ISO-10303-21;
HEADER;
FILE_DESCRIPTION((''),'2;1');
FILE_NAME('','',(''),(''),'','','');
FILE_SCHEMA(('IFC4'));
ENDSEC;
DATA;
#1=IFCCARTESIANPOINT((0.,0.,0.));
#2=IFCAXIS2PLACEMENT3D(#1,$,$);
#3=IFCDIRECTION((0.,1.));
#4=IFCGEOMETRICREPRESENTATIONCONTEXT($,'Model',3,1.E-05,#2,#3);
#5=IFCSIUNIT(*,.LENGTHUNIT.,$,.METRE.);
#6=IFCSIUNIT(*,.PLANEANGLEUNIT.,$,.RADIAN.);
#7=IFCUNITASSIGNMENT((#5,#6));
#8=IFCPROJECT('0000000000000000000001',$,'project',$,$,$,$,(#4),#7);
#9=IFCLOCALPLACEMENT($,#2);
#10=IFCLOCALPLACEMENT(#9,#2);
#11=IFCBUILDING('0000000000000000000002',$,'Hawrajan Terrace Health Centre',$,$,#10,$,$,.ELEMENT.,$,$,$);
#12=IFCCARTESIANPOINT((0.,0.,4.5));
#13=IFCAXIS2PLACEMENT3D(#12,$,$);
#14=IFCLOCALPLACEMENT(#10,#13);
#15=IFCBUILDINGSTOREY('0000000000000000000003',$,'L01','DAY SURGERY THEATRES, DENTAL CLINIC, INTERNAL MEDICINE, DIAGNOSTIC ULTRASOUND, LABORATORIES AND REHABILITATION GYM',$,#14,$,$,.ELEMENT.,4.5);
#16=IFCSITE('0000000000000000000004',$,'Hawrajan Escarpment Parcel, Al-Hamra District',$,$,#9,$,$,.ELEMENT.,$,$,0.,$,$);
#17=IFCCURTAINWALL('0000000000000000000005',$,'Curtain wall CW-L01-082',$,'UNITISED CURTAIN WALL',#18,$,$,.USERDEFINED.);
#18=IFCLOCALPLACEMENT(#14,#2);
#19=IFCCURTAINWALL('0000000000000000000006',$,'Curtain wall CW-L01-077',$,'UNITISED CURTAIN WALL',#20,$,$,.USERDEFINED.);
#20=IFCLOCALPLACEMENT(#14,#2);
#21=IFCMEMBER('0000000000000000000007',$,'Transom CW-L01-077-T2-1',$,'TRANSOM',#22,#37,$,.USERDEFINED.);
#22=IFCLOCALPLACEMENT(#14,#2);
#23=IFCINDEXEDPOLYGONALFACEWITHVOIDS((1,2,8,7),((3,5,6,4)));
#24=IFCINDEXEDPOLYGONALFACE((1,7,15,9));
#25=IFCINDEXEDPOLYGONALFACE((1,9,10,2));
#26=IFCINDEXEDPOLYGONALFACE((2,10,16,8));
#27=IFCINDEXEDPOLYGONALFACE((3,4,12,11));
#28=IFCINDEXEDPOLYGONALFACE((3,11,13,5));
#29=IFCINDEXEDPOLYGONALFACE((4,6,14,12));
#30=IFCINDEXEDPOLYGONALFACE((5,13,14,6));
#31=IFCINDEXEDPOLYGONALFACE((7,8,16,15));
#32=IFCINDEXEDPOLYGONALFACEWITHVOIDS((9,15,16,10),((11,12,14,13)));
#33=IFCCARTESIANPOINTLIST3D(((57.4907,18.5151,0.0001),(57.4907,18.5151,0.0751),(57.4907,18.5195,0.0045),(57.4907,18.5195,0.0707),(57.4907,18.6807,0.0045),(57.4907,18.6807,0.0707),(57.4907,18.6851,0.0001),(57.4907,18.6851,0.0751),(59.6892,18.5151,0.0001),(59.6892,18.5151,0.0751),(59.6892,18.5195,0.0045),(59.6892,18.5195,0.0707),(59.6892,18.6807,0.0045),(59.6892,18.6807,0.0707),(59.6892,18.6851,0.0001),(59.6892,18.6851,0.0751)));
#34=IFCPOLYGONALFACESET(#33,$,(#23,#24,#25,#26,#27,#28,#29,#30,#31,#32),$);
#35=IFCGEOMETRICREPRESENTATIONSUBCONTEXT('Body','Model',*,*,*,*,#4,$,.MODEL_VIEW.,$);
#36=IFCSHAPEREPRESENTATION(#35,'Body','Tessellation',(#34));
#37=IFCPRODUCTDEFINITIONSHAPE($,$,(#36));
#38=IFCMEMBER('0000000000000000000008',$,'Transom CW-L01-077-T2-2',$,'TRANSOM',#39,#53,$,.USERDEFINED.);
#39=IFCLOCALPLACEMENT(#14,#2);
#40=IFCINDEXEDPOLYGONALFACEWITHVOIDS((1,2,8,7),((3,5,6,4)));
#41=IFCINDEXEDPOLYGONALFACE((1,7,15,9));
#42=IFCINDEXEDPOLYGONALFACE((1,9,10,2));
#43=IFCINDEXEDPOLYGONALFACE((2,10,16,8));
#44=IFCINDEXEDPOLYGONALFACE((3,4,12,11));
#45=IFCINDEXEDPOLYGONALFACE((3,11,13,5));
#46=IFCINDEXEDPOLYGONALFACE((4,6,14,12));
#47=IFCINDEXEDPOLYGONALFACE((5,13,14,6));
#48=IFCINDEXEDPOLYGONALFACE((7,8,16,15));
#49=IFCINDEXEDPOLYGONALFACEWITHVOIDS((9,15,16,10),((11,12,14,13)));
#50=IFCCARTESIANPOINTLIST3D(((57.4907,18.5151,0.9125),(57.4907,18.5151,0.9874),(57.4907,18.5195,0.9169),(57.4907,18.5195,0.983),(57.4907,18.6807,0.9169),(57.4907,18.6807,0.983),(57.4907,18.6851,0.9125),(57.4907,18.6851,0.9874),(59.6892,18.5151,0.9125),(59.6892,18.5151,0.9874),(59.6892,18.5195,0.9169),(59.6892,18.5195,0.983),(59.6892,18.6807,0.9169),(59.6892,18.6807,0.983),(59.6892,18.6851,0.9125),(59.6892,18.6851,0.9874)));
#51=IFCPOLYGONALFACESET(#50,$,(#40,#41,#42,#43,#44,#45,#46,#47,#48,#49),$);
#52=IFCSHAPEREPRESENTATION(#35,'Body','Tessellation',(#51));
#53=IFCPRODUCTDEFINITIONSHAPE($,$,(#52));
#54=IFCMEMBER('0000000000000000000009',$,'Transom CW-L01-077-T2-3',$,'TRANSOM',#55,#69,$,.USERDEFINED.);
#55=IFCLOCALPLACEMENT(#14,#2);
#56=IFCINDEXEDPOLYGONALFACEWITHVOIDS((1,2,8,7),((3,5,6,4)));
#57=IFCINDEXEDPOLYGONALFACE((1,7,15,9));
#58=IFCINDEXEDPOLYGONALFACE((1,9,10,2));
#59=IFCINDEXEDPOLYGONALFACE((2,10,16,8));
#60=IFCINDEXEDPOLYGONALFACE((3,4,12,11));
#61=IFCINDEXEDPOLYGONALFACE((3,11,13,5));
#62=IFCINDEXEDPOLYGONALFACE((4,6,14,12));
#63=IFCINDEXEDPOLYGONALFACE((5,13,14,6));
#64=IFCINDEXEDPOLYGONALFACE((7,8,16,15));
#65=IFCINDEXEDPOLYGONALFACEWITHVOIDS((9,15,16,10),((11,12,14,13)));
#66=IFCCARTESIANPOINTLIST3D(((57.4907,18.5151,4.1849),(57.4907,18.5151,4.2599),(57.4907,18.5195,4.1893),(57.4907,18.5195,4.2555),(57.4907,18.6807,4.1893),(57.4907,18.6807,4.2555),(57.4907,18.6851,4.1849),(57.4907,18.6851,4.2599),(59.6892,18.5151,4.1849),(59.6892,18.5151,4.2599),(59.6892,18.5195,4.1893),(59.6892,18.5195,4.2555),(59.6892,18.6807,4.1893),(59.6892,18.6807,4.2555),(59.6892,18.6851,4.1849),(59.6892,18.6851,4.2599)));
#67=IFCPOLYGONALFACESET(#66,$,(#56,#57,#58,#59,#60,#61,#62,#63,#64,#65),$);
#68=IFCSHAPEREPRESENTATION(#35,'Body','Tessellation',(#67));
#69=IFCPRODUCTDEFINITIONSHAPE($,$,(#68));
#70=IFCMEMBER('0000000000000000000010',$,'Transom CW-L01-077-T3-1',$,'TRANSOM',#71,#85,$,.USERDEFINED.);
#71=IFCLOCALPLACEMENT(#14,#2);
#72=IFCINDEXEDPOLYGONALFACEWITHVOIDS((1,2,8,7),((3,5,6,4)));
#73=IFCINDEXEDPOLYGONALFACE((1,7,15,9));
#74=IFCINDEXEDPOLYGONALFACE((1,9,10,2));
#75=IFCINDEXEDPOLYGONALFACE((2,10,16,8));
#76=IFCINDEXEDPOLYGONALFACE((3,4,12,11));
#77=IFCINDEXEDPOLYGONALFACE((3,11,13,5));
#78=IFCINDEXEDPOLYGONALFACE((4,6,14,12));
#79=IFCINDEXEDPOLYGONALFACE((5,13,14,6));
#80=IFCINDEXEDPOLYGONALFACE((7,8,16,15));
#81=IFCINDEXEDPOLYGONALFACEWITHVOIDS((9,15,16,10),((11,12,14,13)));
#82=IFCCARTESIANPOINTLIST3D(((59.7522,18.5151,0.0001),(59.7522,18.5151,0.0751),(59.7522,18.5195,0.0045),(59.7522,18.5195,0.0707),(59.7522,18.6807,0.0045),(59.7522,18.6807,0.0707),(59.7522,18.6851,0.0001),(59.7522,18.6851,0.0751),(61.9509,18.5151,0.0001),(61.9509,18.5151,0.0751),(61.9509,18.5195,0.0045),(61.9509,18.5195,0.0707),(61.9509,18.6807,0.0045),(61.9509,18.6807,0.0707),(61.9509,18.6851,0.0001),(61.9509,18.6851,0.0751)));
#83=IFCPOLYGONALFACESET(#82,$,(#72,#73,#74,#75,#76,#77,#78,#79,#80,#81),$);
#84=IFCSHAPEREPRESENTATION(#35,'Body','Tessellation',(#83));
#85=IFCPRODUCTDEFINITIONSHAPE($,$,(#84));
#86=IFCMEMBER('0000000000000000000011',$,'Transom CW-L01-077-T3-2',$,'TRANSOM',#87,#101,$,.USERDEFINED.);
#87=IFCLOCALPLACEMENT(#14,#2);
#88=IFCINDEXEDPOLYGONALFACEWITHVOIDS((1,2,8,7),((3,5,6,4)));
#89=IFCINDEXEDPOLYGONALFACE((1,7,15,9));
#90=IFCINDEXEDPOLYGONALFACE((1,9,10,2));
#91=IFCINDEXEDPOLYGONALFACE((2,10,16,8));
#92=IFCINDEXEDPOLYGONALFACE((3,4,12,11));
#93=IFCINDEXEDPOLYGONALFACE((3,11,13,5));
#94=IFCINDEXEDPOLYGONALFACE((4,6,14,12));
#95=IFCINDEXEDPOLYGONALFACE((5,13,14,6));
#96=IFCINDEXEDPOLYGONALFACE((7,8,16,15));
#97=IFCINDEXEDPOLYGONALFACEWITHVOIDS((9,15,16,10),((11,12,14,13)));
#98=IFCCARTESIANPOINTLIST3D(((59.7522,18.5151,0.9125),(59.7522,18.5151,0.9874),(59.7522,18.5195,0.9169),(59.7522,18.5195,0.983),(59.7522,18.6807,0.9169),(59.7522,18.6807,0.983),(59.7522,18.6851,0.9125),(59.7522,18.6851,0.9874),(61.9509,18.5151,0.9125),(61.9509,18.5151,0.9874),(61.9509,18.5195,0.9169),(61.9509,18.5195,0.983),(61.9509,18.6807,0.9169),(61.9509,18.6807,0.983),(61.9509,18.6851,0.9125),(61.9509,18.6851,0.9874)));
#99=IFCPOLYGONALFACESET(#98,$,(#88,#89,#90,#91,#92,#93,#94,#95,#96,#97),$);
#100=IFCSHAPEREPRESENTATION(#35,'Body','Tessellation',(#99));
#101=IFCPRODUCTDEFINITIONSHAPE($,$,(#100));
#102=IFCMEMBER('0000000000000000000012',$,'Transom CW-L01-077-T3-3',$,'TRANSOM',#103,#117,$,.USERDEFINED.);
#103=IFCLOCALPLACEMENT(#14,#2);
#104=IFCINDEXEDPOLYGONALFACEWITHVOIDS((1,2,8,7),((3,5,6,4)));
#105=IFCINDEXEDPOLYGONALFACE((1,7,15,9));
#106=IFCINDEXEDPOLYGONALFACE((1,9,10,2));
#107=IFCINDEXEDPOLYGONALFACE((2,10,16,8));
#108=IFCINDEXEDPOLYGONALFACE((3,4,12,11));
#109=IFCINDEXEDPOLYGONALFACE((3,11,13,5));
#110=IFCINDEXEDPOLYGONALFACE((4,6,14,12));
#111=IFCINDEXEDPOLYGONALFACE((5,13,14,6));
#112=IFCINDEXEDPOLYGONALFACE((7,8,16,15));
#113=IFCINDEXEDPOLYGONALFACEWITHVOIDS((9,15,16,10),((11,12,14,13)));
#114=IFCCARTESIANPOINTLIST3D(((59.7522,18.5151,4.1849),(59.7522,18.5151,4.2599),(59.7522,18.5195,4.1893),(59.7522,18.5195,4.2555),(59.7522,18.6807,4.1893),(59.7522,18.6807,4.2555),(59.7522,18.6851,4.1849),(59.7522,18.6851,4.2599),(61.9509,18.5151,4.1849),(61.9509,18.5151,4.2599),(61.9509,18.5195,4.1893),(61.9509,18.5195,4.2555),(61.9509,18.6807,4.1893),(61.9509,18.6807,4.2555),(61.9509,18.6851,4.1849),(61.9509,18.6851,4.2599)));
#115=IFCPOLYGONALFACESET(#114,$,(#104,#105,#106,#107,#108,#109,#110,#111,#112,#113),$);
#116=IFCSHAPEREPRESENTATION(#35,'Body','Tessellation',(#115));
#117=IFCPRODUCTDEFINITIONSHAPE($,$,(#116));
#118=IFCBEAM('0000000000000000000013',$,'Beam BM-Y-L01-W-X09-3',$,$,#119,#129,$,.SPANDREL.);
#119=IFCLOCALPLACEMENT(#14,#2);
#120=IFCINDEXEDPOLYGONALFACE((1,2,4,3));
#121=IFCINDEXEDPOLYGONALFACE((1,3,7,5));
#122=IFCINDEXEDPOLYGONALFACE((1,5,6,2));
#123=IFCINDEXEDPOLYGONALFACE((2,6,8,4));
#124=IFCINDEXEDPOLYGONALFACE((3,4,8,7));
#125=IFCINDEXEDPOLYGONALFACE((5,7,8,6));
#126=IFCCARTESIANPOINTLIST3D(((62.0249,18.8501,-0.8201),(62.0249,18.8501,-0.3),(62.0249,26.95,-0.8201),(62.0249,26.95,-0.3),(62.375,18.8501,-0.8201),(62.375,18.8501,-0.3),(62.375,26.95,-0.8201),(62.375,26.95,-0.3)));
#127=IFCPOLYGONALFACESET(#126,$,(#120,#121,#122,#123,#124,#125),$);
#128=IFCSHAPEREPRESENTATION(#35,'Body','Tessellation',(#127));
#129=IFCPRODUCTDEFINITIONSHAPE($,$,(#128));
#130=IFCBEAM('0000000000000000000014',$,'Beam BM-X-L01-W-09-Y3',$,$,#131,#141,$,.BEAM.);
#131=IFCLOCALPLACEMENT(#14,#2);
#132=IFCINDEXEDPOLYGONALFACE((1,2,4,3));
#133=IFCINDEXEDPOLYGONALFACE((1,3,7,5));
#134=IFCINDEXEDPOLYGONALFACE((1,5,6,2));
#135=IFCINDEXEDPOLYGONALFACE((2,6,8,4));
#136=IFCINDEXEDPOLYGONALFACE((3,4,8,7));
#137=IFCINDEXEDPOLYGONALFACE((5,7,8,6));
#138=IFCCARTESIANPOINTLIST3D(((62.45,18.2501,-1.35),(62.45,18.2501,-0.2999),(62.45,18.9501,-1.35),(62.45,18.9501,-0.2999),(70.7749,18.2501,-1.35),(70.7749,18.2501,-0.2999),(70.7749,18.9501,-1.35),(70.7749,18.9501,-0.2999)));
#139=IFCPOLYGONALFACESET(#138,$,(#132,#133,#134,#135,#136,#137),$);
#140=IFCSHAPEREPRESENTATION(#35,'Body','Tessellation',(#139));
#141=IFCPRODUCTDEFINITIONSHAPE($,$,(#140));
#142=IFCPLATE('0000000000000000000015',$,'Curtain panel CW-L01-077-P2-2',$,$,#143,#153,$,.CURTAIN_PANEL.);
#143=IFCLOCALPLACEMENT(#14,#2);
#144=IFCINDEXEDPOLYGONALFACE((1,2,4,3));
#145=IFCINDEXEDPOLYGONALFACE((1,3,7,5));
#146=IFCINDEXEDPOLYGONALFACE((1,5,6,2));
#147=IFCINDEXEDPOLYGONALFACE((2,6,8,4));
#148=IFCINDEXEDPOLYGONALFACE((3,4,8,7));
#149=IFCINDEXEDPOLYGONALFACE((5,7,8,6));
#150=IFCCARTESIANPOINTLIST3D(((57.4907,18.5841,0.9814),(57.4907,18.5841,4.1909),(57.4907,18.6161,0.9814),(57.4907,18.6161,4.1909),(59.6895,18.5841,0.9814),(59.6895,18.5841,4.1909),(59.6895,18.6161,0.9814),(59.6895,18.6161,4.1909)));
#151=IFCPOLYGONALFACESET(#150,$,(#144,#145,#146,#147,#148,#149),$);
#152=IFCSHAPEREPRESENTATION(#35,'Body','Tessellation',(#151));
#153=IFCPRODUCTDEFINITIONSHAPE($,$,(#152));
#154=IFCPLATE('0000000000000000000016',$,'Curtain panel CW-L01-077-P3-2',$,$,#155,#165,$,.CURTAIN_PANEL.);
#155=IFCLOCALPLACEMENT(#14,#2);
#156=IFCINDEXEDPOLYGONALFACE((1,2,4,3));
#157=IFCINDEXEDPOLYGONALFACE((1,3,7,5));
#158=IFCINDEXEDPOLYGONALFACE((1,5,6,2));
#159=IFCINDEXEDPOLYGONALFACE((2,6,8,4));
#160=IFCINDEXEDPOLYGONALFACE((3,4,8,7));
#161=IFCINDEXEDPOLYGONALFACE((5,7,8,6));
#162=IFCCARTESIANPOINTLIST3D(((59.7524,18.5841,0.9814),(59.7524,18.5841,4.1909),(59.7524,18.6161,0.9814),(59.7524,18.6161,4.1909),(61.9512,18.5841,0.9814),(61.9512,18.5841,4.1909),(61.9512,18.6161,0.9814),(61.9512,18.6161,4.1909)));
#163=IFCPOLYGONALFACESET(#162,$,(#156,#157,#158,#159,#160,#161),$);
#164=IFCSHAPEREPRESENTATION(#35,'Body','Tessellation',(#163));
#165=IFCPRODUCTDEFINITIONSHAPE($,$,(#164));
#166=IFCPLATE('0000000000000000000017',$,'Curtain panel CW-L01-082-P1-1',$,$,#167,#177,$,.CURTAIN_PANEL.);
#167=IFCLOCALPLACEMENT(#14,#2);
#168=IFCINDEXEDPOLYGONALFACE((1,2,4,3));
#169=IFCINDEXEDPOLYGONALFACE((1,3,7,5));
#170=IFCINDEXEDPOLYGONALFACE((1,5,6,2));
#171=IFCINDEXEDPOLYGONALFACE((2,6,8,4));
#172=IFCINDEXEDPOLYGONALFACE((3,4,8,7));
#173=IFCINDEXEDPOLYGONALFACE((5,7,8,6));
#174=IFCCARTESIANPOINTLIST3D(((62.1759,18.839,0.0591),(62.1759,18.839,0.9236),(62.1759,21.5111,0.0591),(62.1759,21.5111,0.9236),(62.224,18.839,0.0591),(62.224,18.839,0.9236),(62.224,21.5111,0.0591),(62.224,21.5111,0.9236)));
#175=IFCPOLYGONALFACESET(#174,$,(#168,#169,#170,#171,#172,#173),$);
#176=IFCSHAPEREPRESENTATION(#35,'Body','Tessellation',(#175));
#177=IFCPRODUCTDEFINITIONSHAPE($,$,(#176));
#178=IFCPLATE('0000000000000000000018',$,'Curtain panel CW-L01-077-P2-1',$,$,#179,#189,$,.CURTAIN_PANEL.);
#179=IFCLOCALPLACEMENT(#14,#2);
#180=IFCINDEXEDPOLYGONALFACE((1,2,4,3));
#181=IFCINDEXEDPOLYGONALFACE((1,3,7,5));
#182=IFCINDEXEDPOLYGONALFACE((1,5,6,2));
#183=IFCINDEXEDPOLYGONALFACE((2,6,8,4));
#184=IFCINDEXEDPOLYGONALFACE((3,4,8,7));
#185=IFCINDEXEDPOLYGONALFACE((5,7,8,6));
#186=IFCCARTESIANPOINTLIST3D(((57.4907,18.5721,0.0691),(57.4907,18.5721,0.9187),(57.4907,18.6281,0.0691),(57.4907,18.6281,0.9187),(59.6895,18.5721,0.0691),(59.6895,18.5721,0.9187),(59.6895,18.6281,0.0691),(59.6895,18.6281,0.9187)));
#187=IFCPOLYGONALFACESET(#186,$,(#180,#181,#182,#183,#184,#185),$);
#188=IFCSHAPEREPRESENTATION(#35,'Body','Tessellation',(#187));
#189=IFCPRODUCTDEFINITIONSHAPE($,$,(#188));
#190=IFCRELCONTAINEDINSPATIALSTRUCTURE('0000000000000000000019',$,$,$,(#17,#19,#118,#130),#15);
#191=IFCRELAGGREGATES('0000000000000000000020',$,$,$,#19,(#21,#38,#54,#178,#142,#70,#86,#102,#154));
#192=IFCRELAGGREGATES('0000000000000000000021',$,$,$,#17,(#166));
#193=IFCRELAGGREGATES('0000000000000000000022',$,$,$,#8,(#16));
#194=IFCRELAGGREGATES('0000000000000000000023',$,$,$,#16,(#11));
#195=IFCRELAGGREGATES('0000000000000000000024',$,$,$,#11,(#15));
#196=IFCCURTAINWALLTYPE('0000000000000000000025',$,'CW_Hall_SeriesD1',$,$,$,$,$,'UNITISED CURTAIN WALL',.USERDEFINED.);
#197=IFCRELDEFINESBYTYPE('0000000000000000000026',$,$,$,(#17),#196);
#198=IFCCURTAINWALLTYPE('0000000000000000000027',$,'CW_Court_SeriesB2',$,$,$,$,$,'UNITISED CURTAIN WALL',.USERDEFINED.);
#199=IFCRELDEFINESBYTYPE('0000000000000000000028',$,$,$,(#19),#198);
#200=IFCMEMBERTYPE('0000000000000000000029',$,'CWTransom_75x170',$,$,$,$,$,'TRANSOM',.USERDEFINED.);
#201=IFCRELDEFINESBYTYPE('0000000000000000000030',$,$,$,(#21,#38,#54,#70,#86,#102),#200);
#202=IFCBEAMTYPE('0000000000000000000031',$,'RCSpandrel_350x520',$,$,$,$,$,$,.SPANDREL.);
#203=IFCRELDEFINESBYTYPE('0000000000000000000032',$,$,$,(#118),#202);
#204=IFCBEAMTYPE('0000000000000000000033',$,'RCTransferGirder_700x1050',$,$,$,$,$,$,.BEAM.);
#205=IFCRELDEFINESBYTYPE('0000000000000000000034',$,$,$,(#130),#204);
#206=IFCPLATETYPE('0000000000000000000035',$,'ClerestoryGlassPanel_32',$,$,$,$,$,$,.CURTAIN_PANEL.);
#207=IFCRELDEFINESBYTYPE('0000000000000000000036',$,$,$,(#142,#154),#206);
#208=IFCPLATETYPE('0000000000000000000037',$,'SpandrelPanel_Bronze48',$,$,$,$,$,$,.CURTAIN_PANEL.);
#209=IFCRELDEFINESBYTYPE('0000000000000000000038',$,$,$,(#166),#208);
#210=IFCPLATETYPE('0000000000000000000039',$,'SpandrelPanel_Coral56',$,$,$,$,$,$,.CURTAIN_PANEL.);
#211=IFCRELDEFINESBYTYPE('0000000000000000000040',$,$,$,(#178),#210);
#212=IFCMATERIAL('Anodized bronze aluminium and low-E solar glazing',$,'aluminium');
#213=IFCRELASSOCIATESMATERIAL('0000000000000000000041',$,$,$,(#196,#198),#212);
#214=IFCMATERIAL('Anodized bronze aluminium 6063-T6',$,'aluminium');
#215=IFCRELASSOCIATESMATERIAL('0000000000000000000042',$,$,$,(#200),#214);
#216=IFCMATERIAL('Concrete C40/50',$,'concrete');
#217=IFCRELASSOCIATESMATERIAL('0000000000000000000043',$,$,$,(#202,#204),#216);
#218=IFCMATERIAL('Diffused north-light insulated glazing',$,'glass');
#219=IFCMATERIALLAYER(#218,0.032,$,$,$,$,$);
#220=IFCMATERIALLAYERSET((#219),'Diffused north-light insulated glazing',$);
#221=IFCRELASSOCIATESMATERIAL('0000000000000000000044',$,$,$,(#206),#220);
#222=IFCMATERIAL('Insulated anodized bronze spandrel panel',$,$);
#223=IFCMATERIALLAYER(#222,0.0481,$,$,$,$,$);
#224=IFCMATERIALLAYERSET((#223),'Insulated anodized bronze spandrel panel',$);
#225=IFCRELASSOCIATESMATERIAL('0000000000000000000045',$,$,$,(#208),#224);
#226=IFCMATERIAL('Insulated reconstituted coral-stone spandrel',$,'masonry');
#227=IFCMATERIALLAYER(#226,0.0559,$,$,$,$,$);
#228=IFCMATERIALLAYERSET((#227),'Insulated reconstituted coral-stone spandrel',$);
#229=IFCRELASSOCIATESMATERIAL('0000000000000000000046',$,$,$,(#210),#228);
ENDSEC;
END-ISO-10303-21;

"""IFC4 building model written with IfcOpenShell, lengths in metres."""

from ifc_helpers import new_model, si_unit, direction, frame, origin, origin_2d, place, context, subcontext, project, spatial, rectangle, hollow_rectangle, extrude, material, layer, layer_set, material_profile, profile_set, type_object, element, aggregate, save


model = new_model("IFC4")

# Units and contexts
model_context = context("Model", 3, precision=1e-05, world=origin(), true_north=direction((0.0, 1.0)))
body_context = subcontext(model_context, "Body", "Model", "MODEL_VIEW")
ifc_project = project(units=[si_unit("LENGTHUNIT", "METRE"), si_unit("PLANEANGLEUNIT", "RADIAN")], contexts=[model_context])

# Site, building, storey
site_placement = place(None, origin())
site = spatial("IfcSite", under=ifc_project, at=site_placement, Name="Hawrajan Escarpment Parcel, Al-Hamra District", CompositionType="ELEMENT", RefElevation=0.0)
building_placement = place(site_placement, origin())
building = spatial("IfcBuilding", under=site, at=building_placement, Name="Hawrajan Terrace Health Centre", CompositionType="ELEMENT")
storey_placement = place(building_placement, frame((0.0, 0.0, 4.5)))
storey = spatial("IfcBuildingStorey", under=building, at=storey_placement, Name="L01", Description="DAY SURGERY THEATRES, DENTAL CLINIC, INTERNAL MEDICINE, DIAGNOSTIC ULTRASOUND, LABORATORIES AND REHABILITATION GYM", CompositionType="ELEMENT", Elevation=4.5)

# Curtain walls
ifc_material_1 = material(Name="Anodized bronze aluminium and low-E solar glazing", Category="aluminium")
curtain_wall_type_1 = type_object("IfcCurtainWallType", Name="CW_Hall_SeriesD1", ElementType="UNITISED CURTAIN WALL", PredefinedType="USERDEFINED", material=ifc_material_1)
curtain_wall_1_placement = place(storey_placement, origin())
curtain_wall_1 = element("IfcCurtainWall", 1, at=curtain_wall_1_placement, inside=storey, type_object=curtain_wall_type_1, Name="Curtain wall CW-L01-082", ObjectType="UNITISED CURTAIN WALL", PredefinedType="USERDEFINED")
ifc_material_2 = material(Name="Anodized bronze aluminium 6063-T6", Category="aluminium")
curtain_wall_type_2 = type_object("IfcCurtainWallType", Name="CW_Court_SeriesB2", ElementType="UNITISED CURTAIN WALL", PredefinedType="USERDEFINED", material=ifc_material_1)
curtain_wall_2_placement = place(storey_placement, origin())
curtain_wall_2 = element("IfcCurtainWall", 2, at=curtain_wall_2_placement, inside=storey, type_object=curtain_wall_type_2, Name="Curtain wall CW-L01-077", ObjectType="UNITISED CURTAIN WALL", PredefinedType="USERDEFINED")

# Members
ifc_material_profile_1 = material_profile(ifc_material_2, hollow_rectangle(XDim=0.075, YDim=0.1699, WallThickness=0.0044, at=origin_2d()), Name="CW TRN 75x170")
ifc_profile_set_1 = profile_set([ifc_material_profile_1], Name="Anodized bronze aluminium 6063-T6")
member_type_1 = type_object("IfcMemberType", Name="CWTransom_75x170", ElementType="TRANSOM", PredefinedType="USERDEFINED", material=ifc_profile_set_1)
member_1_placement = place(storey_placement, frame((57.4907, 18.6001, 0.0376), z_axis=(1.0, 0.0, 0.0), x_axis=(0.0, 0.0, 1.0)))
member_1 = element("IfcMember", 3, at=member_1_placement, type_object=member_type_1, Name="Transom CW-L01-077-T2-1", ObjectType="TRANSOM", PredefinedType="USERDEFINED", context=body_context, shape_type="SweptSolid", body=[
    extrude(hollow_rectangle(XDim=0.075, YDim=0.1699, WallThickness=0.0044, at=origin_2d()), origin(), (0.0, 0.0, 1.0), 2.1985),
])
member_2_placement = place(storey_placement, frame((57.4907, 18.6001, 0.95), z_axis=(1.0, 0.0, 0.0), x_axis=(0.0, 0.0, 1.0)))
member_2 = element("IfcMember", 4, at=member_2_placement, type_object=member_type_1, Name="Transom CW-L01-077-T2-2", ObjectType="TRANSOM", PredefinedType="USERDEFINED", context=body_context, shape_type="SweptSolid", body=[
    extrude(hollow_rectangle(XDim=0.075, YDim=0.1699, WallThickness=0.0044, at=origin_2d()), origin(), (0.0, 0.0, 1.0), 2.1985),
])
member_3_placement = place(storey_placement, frame((57.4907, 18.6001, 4.2224), z_axis=(1.0, 0.0, 0.0), x_axis=(0.0, 0.0, 1.0)))
member_3 = element("IfcMember", 5, at=member_3_placement, type_object=member_type_1, Name="Transom CW-L01-077-T2-3", ObjectType="TRANSOM", PredefinedType="USERDEFINED", context=body_context, shape_type="SweptSolid", body=[
    extrude(hollow_rectangle(XDim=0.075, YDim=0.1699, WallThickness=0.0044, at=origin_2d()), origin(), (0.0, 0.0, 1.0), 2.1985),
])
member_4_placement = place(storey_placement, frame((59.7522, 18.6001, 0.0376), z_axis=(1.0, 0.0, 0.0), x_axis=(0.0, 0.0, 1.0)))
member_4 = element("IfcMember", 6, at=member_4_placement, type_object=member_type_1, Name="Transom CW-L01-077-T3-1", ObjectType="TRANSOM", PredefinedType="USERDEFINED", context=body_context, shape_type="SweptSolid", body=[
    extrude(hollow_rectangle(XDim=0.075, YDim=0.1699, WallThickness=0.0044, at=origin_2d()), origin(), (0.0, 0.0, 1.0), 2.1987),
])
member_5_placement = place(storey_placement, frame((59.7522, 18.6001, 0.95), z_axis=(1.0, 0.0, 0.0), x_axis=(0.0, 0.0, 1.0)))
member_5 = element("IfcMember", 7, at=member_5_placement, type_object=member_type_1, Name="Transom CW-L01-077-T3-2", ObjectType="TRANSOM", PredefinedType="USERDEFINED", context=body_context, shape_type="SweptSolid", body=[
    extrude(hollow_rectangle(XDim=0.075, YDim=0.1699, WallThickness=0.0044, at=origin_2d()), origin(), (0.0, 0.0, 1.0), 2.1987),
])
member_6_placement = place(storey_placement, frame((59.7522, 18.6001, 4.2224), z_axis=(1.0, 0.0, 0.0), x_axis=(0.0, 0.0, 1.0)))
member_6 = element("IfcMember", 8, at=member_6_placement, type_object=member_type_1, Name="Transom CW-L01-077-T3-3", ObjectType="TRANSOM", PredefinedType="USERDEFINED", context=body_context, shape_type="SweptSolid", body=[
    extrude(hollow_rectangle(XDim=0.075, YDim=0.1699, WallThickness=0.0044, at=origin_2d()), origin(), (0.0, 0.0, 1.0), 2.1987),
])

# Beams
ifc_material_3 = material(Name="Concrete C40/50", Category="concrete")
ifc_material_profile_2 = material_profile(ifc_material_3, rectangle(XDim=0.3501, YDim=0.52, at=origin_2d()), Name="RC SP 350x520")
ifc_profile_set_2 = profile_set([ifc_material_profile_2], Name="Concrete C40/50")
beam_type_1 = type_object("IfcBeamType", Name="RCSpandrel_350x520", PredefinedType="SPANDREL", material=ifc_profile_set_2)
beam_1_placement = place(storey_placement, frame((62.2, 18.8501, -0.5601), z_axis=(0.0, 1.0, 0.0), x_axis=(-1.0, 0.0, 0.0)))
element("IfcBeam", 9, at=beam_1_placement, inside=storey, type_object=beam_type_1, Name="Beam BM-Y-L01-W-X09-3", PredefinedType="SPANDREL", context=body_context, shape_type="SweptSolid", body=[
    extrude(rectangle(XDim=0.3501, YDim=0.52, at=origin_2d()), origin(), (0.0, 0.0, 1.0), 8.0999),
])
ifc_material_profile_3 = material_profile(ifc_material_3, rectangle(XDim=0.7, YDim=1.05, at=origin_2d()), Name="RC TG 700x1050")
ifc_profile_set_3 = profile_set([ifc_material_profile_3], Name="Concrete C40/50")
beam_type_2 = type_object("IfcBeamType", Name="RCTransferGirder_700x1050", PredefinedType="BEAM", material=ifc_profile_set_3)
beam_2_placement = place(storey_placement, frame((62.45, 18.6001, -0.825), z_axis=(1.0, 0.0, 0.0), x_axis=(0.0, 1.0, 0.0)))
element("IfcBeam", 10, at=beam_2_placement, inside=storey, type_object=beam_type_2, Name="Beam BM-X-L01-W-09-Y3", PredefinedType="BEAM", context=body_context, shape_type="SweptSolid", body=[
    extrude(rectangle(XDim=0.7, YDim=1.05, at=origin_2d()), origin(), (0.0, 0.0, 1.0), 8.325),
])

# Plates
ifc_material_4 = material(Name="Diffused north-light insulated glazing", Category="glass")
ifc_layer_1 = layer(ifc_material_4, 0.032)
ifc_layer_set_1 = layer_set([ifc_layer_1], Name="Diffused north-light insulated glazing")
plate_type_1 = type_object("IfcPlateType", Name="ClerestoryGlassPanel_32", PredefinedType="CURTAIN_PANEL", material=ifc_layer_set_1)
plate_1_placement = place(storey_placement, frame((58.5901, 18.6001, 0.9814), z_axis=(0.0, 0.0, 1.0), x_axis=(1.0, 0.0, 0.0)))
plate_1 = element("IfcPlate", 11, at=plate_1_placement, type_object=plate_type_1, Name="Curtain panel CW-L01-077-P2-2", PredefinedType="CURTAIN_PANEL", context=body_context, shape_type="SweptSolid", body=[
    extrude(rectangle(XDim=2.1987, YDim=0.032, at=origin_2d()), origin(), (0.0, 0.0, 1.0), 3.2095),
])
plate_2_placement = place(storey_placement, frame((60.8518, 18.6001, 0.9814), z_axis=(0.0, 0.0, 1.0), x_axis=(1.0, 0.0, 0.0)))
plate_2 = element("IfcPlate", 12, at=plate_2_placement, type_object=plate_type_1, Name="Curtain panel CW-L01-077-P3-2", PredefinedType="CURTAIN_PANEL", context=body_context, shape_type="SweptSolid", body=[
    extrude(rectangle(XDim=2.1987, YDim=0.032, at=origin_2d()), origin(), (0.0, 0.0, 1.0), 3.2095),
])
ifc_material_5 = material(Name="Insulated anodized bronze spandrel panel")
ifc_layer_2 = layer(ifc_material_5, 0.0481)
ifc_layer_set_2 = layer_set([ifc_layer_2], Name="Insulated anodized bronze spandrel panel")
plate_type_2 = type_object("IfcPlateType", Name="SpandrelPanel_Bronze48", PredefinedType="CURTAIN_PANEL", material=ifc_layer_set_2)
plate_3_placement = place(storey_placement, frame((62.2, 20.175, 0.0591), z_axis=(0.0, 0.0, 1.0), x_axis=(0.0, 1.0, 0.0)))
plate_3 = element("IfcPlate", 13, at=plate_3_placement, type_object=plate_type_2, Name="Curtain panel CW-L01-082-P1-1", PredefinedType="CURTAIN_PANEL", context=body_context, shape_type="SweptSolid", body=[
    extrude(rectangle(XDim=2.6721, YDim=0.0481, at=origin_2d()), origin(), (0.0, 0.0, 1.0), 0.8645),
])
ifc_material_6 = material(Name="Insulated reconstituted coral-stone spandrel", Category="masonry")
ifc_layer_3 = layer(ifc_material_6, 0.0559)
ifc_layer_set_3 = layer_set([ifc_layer_3], Name="Insulated reconstituted coral-stone spandrel")
plate_type_3 = type_object("IfcPlateType", Name="SpandrelPanel_Coral56", PredefinedType="CURTAIN_PANEL", material=ifc_layer_set_3)
plate_4_placement = place(storey_placement, frame((58.5901, 18.6001, 0.0691), z_axis=(0.0, 0.0, 1.0), x_axis=(1.0, 0.0, 0.0)))
plate_4 = element("IfcPlate", 14, at=plate_4_placement, type_object=plate_type_3, Name="Curtain panel CW-L01-077-P2-1", PredefinedType="CURTAIN_PANEL", context=body_context, shape_type="SweptSolid", body=[
    extrude(rectangle(XDim=2.1987, YDim=0.0559, at=origin_2d()), origin(), (0.0, 0.0, 1.0), 0.8496),
])
aggregate(curtain_wall_2, [member_1, member_2, member_3, plate_4, plate_1, member_4, member_5, member_6, plate_2])
aggregate(curtain_wall_1, [plate_3])

save(model, "model.ifc")
